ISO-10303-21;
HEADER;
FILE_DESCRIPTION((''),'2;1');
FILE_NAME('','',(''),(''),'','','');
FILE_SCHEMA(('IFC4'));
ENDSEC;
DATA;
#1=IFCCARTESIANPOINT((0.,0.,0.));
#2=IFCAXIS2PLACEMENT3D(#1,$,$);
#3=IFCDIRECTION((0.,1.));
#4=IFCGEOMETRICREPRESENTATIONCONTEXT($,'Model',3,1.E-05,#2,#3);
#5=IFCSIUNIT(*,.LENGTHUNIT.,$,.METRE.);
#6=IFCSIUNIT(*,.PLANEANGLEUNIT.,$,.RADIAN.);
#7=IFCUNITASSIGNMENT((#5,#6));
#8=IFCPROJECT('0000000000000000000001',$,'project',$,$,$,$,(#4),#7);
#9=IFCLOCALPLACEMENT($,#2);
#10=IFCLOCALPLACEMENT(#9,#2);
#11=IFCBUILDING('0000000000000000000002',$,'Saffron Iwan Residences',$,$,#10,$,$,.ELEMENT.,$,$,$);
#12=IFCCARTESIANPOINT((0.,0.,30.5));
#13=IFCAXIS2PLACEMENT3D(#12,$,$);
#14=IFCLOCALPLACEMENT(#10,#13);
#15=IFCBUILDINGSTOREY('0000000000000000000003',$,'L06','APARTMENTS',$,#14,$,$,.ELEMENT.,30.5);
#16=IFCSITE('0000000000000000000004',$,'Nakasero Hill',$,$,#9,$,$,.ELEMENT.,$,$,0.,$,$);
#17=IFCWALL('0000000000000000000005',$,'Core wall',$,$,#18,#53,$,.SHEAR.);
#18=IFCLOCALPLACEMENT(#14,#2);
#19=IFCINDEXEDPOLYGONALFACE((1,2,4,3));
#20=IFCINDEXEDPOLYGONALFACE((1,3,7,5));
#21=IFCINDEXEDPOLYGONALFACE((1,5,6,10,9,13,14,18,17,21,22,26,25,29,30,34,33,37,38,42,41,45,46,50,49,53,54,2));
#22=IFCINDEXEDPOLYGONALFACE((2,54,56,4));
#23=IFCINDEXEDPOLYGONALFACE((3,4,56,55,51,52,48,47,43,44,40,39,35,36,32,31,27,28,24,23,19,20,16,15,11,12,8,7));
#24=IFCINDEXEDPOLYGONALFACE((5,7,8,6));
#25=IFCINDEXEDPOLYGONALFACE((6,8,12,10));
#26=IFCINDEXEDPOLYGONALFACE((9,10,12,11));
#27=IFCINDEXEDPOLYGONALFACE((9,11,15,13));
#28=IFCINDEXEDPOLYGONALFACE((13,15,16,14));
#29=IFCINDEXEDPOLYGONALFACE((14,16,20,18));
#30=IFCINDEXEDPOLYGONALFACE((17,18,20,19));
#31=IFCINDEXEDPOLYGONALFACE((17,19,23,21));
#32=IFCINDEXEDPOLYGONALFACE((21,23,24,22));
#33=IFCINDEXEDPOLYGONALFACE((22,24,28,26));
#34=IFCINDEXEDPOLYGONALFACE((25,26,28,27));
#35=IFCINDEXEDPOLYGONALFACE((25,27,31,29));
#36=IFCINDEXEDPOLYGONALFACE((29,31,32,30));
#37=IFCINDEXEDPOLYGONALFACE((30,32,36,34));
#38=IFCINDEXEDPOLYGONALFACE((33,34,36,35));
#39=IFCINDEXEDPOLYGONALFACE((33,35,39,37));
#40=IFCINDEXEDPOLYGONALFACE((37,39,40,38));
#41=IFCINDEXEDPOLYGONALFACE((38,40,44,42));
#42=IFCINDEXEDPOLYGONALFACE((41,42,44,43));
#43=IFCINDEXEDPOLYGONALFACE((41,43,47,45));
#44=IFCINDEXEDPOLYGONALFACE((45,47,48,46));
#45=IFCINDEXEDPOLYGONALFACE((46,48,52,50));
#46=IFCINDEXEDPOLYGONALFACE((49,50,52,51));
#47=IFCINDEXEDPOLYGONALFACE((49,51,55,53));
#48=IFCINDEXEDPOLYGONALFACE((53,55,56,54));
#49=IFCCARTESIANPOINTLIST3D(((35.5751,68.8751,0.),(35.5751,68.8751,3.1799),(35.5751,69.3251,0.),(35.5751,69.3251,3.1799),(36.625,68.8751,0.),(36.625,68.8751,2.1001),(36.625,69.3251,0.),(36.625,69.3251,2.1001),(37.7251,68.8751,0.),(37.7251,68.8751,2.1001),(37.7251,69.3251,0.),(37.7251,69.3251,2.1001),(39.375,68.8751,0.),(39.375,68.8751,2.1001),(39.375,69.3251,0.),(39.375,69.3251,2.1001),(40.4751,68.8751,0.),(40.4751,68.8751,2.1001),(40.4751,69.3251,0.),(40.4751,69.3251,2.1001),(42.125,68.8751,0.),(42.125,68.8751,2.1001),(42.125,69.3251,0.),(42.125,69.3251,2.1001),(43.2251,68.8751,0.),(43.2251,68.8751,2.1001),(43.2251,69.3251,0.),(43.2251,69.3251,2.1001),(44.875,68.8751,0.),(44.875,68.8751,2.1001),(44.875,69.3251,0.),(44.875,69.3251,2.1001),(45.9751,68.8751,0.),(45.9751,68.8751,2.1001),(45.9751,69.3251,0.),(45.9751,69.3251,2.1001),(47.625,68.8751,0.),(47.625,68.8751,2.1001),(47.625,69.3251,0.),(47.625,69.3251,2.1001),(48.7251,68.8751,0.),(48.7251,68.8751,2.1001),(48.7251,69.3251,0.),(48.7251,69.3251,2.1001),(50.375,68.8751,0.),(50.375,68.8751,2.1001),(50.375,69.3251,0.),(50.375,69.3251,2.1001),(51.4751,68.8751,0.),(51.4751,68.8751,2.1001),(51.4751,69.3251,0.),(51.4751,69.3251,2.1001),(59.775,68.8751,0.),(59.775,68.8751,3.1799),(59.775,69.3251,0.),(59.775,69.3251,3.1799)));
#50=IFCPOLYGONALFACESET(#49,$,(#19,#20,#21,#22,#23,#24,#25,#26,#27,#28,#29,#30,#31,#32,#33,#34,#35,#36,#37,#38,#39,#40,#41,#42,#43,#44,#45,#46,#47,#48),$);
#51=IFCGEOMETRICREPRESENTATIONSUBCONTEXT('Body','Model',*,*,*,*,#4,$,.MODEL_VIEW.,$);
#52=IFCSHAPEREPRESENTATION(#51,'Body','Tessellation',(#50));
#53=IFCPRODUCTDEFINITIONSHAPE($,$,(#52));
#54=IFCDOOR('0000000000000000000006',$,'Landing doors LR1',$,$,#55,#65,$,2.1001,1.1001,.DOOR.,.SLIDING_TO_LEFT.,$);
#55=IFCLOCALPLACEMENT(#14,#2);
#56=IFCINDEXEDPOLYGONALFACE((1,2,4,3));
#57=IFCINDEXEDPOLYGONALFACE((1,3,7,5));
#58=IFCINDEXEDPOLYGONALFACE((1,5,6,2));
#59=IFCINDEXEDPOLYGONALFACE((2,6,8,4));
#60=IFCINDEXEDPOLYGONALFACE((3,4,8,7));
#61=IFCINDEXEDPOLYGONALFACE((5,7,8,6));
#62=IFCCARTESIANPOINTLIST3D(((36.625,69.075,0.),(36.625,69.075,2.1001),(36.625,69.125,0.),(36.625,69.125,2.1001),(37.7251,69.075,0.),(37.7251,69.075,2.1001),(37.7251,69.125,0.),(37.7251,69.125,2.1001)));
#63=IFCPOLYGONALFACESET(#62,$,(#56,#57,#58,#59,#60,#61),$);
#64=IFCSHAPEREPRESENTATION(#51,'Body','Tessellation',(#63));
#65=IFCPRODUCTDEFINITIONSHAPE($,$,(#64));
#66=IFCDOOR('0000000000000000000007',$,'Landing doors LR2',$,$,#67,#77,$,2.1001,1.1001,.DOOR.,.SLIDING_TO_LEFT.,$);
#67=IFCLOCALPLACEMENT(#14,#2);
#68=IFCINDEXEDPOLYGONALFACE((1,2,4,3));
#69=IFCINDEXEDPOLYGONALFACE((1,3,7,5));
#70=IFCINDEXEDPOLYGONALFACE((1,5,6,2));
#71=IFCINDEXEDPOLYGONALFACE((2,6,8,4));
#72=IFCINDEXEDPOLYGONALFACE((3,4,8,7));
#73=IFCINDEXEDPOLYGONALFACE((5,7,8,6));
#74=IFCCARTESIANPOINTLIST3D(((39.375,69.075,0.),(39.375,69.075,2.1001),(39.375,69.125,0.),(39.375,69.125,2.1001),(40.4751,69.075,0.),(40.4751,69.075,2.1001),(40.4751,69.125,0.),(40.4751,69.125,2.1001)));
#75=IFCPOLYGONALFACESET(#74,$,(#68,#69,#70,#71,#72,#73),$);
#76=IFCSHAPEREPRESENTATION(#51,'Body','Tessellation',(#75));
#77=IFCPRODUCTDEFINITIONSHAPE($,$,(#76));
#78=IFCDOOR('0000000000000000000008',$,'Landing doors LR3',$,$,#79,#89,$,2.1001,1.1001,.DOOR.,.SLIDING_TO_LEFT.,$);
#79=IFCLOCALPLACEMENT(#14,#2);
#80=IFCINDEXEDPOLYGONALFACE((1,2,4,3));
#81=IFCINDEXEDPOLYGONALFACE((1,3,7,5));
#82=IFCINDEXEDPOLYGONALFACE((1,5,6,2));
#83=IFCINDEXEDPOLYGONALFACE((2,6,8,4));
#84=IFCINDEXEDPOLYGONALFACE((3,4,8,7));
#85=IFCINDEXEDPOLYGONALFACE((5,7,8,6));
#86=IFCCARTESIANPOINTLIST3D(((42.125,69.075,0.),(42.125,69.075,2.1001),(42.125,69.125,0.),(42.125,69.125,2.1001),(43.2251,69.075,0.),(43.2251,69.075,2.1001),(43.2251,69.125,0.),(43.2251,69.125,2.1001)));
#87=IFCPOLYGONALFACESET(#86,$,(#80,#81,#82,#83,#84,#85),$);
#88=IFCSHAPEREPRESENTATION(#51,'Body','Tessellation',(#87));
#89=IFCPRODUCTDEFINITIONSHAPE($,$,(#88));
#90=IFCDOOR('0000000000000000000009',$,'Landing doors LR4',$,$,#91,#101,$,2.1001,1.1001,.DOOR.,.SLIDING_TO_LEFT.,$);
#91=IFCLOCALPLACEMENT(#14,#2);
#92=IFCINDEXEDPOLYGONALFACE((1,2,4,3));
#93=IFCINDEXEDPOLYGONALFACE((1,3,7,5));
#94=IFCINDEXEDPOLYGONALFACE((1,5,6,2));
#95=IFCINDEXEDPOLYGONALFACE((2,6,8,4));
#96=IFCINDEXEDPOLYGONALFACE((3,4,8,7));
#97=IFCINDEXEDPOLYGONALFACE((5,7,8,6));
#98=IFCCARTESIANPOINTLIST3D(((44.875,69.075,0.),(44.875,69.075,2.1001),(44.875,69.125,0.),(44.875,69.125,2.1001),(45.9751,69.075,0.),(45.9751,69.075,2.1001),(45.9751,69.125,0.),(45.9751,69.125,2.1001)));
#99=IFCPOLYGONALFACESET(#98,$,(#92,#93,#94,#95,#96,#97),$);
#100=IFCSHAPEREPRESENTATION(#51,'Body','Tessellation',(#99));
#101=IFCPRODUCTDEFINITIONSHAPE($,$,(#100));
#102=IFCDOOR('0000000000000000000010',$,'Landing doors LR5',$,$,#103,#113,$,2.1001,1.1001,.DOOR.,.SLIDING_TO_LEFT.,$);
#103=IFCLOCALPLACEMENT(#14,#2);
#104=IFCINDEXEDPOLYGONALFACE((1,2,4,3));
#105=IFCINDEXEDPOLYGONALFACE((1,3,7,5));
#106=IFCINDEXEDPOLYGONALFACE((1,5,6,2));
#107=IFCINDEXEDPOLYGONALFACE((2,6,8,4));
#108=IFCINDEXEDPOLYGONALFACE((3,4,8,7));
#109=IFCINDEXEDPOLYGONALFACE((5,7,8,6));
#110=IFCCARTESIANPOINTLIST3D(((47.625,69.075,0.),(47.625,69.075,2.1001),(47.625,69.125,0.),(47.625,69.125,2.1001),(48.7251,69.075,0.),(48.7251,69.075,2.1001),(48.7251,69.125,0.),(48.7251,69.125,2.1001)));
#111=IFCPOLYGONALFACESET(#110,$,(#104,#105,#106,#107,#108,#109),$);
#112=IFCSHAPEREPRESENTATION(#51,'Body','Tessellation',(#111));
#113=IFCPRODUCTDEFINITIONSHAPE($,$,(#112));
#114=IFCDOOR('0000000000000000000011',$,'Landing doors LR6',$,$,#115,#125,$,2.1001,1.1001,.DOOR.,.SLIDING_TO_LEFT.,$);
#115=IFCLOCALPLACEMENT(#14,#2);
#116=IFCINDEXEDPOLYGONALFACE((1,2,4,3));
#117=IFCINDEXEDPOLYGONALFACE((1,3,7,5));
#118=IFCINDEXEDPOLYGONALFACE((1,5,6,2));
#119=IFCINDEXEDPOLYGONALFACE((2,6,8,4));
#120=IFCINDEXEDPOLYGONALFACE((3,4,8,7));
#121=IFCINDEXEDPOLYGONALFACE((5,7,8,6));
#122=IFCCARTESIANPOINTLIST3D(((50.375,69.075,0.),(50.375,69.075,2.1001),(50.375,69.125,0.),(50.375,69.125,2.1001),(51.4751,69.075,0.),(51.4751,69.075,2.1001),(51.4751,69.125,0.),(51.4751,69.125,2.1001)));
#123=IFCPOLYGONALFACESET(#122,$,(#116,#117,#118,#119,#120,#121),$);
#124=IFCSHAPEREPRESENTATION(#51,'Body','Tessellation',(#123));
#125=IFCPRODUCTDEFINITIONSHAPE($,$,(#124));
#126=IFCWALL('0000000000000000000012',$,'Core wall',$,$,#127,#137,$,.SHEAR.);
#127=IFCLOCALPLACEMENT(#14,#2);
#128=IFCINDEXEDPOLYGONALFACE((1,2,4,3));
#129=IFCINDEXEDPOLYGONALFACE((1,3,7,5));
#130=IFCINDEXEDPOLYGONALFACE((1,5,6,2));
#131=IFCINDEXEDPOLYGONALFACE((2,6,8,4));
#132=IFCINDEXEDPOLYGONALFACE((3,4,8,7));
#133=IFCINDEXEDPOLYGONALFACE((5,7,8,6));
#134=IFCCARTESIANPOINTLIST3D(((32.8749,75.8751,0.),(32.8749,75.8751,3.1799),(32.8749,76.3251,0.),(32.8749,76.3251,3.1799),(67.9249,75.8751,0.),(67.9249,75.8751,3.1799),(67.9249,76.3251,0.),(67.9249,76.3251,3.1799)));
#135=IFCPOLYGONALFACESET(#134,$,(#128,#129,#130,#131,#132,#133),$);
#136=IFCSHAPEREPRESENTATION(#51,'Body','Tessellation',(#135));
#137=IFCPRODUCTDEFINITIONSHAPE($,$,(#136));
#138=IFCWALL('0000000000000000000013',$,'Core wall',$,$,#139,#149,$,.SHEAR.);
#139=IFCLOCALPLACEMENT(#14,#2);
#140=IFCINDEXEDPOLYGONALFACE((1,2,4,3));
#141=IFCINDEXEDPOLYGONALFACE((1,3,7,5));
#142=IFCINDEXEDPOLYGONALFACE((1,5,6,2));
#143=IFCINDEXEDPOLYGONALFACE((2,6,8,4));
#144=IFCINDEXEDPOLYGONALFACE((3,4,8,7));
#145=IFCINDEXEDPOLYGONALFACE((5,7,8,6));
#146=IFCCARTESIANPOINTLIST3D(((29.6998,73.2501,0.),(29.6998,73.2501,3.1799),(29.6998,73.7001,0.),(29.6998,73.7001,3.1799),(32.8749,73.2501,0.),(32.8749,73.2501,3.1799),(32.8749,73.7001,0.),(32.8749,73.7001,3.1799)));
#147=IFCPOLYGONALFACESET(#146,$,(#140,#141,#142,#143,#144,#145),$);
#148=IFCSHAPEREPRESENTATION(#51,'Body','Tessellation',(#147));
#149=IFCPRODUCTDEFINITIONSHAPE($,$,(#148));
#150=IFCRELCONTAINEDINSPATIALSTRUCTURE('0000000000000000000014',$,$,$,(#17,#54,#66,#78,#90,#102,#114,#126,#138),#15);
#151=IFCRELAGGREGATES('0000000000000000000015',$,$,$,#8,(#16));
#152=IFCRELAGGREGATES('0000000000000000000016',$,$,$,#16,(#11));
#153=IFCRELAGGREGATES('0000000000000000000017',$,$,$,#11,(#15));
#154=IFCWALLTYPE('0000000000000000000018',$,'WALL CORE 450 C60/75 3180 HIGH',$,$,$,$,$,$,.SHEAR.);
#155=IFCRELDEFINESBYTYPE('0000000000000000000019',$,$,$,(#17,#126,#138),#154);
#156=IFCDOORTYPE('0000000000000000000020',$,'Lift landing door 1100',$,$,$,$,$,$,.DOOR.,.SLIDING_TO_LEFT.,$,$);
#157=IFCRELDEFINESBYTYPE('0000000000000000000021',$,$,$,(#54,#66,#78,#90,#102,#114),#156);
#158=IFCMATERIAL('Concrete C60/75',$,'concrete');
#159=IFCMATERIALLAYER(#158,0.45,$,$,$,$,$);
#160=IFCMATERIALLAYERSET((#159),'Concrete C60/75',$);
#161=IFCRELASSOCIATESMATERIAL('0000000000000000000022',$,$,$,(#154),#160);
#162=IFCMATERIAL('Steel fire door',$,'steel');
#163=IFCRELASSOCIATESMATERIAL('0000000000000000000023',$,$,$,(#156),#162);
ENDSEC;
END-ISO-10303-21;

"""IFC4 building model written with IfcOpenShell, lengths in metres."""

from ifc_helpers import new_model, si_unit, direction, frame, frame_2d, origin, place, context, subcontext, project, spatial, rectangle, extrude, material, layer, layer_set, type_object, element, fill, save


model = new_model("IFC4")

# Units and contexts
model_context = context("Model", 3, precision=1e-05, world=origin(), true_north=direction((0.0, 1.0)))
body_context = subcontext(model_context, "Body", "Model", "MODEL_VIEW")
ifc_project = project(units=[si_unit("LENGTHUNIT", "METRE"), si_unit("PLANEANGLEUNIT", "RADIAN")], contexts=[model_context])

# Site, building, storey
site_placement = place(None, origin())
site = spatial("IfcSite", under=ifc_project, at=site_placement, Name="Nakasero Hill", CompositionType="ELEMENT", RefElevation=0.0)
building_placement = place(site_placement, origin())
building = spatial("IfcBuilding", under=site, at=building_placement, Name="Saffron Iwan Residences", CompositionType="ELEMENT")
storey_placement = place(building_placement, frame((0.0, 0.0, 30.5)))
storey = spatial("IfcBuildingStorey", under=building, at=storey_placement, Name="L06", Description="APARTMENTS", CompositionType="ELEMENT", Elevation=30.5)

# Wall, openings, doors
ifc_material_1 = material(Name="Concrete C60/75", Category="concrete")
ifc_layer_1 = layer(ifc_material_1, 0.45)
ifc_layer_set_1 = layer_set([ifc_layer_1], Name="Concrete C60/75")
wall_type = type_object("IfcWallType", Name="WALL CORE 450 C60/75 3180 HIGH", PredefinedType="SHEAR", material=ifc_layer_set_1)
wall_1_placement = place(storey_placement, frame((35.575, 69.1001, 0.0), z_axis=(0.0, 0.0, 1.0), x_axis=(1.0, 0.0, 0.0)))
wall_1 = element("IfcWall", 1, at=wall_1_placement, inside=storey, type_object=wall_type, Name="Core wall", PredefinedType="SHEAR", context=body_context, shape_type="SweptSolid", body=[
    extrude(rectangle(XDim=24.2, YDim=0.45, at=frame_2d((12.1001, 0.0))), origin(), (0.0, 0.0, 1.0), 3.1799),
])
opening_1_placement = place(wall_1_placement, frame((1.05, 0.0, 0.0)))
opening_1 = element("IfcOpeningElement", 2, at=opening_1_placement, cuts=wall_1, PredefinedType="OPENING", context=body_context, shape_type="SweptSolid", body=[
    extrude(rectangle(XDim=1.1001, YDim=2.1001, at=frame_2d((0.55, 1.05))), frame((0.0, 0.2349, 0.0), z_axis=(0.0, -1.0, 0.0), x_axis=(1.0, 0.0, 0.0)), (0.0, 0.0, 1.0), 0.47),
])
opening_2_placement = place(wall_1_placement, frame((3.8, 0.0, 0.0)))
opening_2 = element("IfcOpeningElement", 3, at=opening_2_placement, cuts=wall_1, PredefinedType="OPENING", context=body_context, shape_type="SweptSolid", body=[
    extrude(rectangle(XDim=1.1001, YDim=2.1001, at=frame_2d((0.55, 1.05))), frame((0.0, 0.2349, 0.0), z_axis=(0.0, -1.0, 0.0), x_axis=(1.0, 0.0, 0.0)), (0.0, 0.0, 1.0), 0.47),
])
opening_3_placement = place(wall_1_placement, frame((6.55, 0.0, 0.0)))
opening_3 = element("IfcOpeningElement", 4, at=opening_3_placement, cuts=wall_1, PredefinedType="OPENING", context=body_context, shape_type="SweptSolid", body=[
    extrude(rectangle(XDim=1.1001, YDim=2.1001, at=frame_2d((0.55, 1.05))), frame((0.0, 0.2349, 0.0), z_axis=(0.0, -1.0, 0.0), x_axis=(1.0, 0.0, 0.0)), (0.0, 0.0, 1.0), 0.47),
])
opening_4_placement = place(wall_1_placement, frame((9.3, 0.0, 0.0)))
opening_4 = element("IfcOpeningElement", 5, at=opening_4_placement, cuts=wall_1, PredefinedType="OPENING", context=body_context, shape_type="SweptSolid", body=[
    extrude(rectangle(XDim=1.1001, YDim=2.1001, at=frame_2d((0.55, 1.05))), frame((0.0, 0.2349, 0.0), z_axis=(0.0, -1.0, 0.0), x_axis=(1.0, 0.0, 0.0)), (0.0, 0.0, 1.0), 0.47),
])
opening_5_placement = place(wall_1_placement, frame((12.05, 0.0, 0.0)))
opening_5 = element("IfcOpeningElement", 6, at=opening_5_placement, cuts=wall_1, PredefinedType="OPENING", context=body_context, shape_type="SweptSolid", body=[
    extrude(rectangle(XDim=1.1001, YDim=2.1001, at=frame_2d((0.55, 1.05))), frame((0.0, 0.2349, 0.0), z_axis=(0.0, -1.0, 0.0), x_axis=(1.0, 0.0, 0.0)), (0.0, 0.0, 1.0), 0.47),
])
opening_6_placement = place(wall_1_placement, frame((14.8, 0.0, 0.0)))
opening_6 = element("IfcOpeningElement", 7, at=opening_6_placement, cuts=wall_1, PredefinedType="OPENING", context=body_context, shape_type="SweptSolid", body=[
    extrude(rectangle(XDim=1.1001, YDim=2.1001, at=frame_2d((0.55, 1.05))), frame((0.0, 0.2349, 0.0), z_axis=(0.0, -1.0, 0.0), x_axis=(1.0, 0.0, 0.0)), (0.0, 0.0, 1.0), 0.47),
])
ifc_material_2 = material(Name="Steel fire door", Category="steel")
door_type_1 = type_object("IfcDoorType", Name="Lift landing door 1100", OperationType="SLIDING_TO_LEFT", PredefinedType="DOOR", material=ifc_material_2)
door_1_placement = place(opening_1_placement, origin())
door_1 = element("IfcDoor", 8, at=door_1_placement, inside=storey, type_object=door_type_1, Name="Landing doors LR1", OperationType="SLIDING_TO_LEFT", OverallHeight=2.1001, OverallWidth=1.1001, PredefinedType="DOOR", context=body_context, shape_type="SweptSolid", body=[
    extrude(rectangle(XDim=1.1001, YDim=2.1001, at=frame_2d((0.55, 1.05))), frame((0.0, 0.0249, 0.0), z_axis=(0.0, -1.0, 0.0), x_axis=(1.0, 0.0, 0.0)), (0.0, 0.0, 1.0), 0.05),
])
fill(opening_1, door_1)
door_2_placement = place(opening_2_placement, origin())
door_2 = element("IfcDoor", 9, at=door_2_placement, inside=storey, type_object=door_type_1, Name="Landing doors LR2", OperationType="SLIDING_TO_LEFT", OverallHeight=2.1001, OverallWidth=1.1001, PredefinedType="DOOR", context=body_context, shape_type="SweptSolid", body=[
    extrude(rectangle(XDim=1.1001, YDim=2.1001, at=frame_2d((0.55, 1.05))), frame((0.0, 0.0249, 0.0), z_axis=(0.0, -1.0, 0.0), x_axis=(1.0, 0.0, 0.0)), (0.0, 0.0, 1.0), 0.05),
])
fill(opening_2, door_2)
door_3_placement = place(opening_3_placement, origin())
door_3 = element("IfcDoor", 10, at=door_3_placement, inside=storey, type_object=door_type_1, Name="Landing doors LR3", OperationType="SLIDING_TO_LEFT", OverallHeight=2.1001, OverallWidth=1.1001, PredefinedType="DOOR", context=body_context, shape_type="SweptSolid", body=[
    extrude(rectangle(XDim=1.1001, YDim=2.1001, at=frame_2d((0.55, 1.05))), frame((0.0, 0.0249, 0.0), z_axis=(0.0, -1.0, 0.0), x_axis=(1.0, 0.0, 0.0)), (0.0, 0.0, 1.0), 0.05),
])
fill(opening_3, door_3)
door_4_placement = place(opening_4_placement, origin())
door_4 = element("IfcDoor", 11, at=door_4_placement, inside=storey, type_object=door_type_1, Name="Landing doors LR4", OperationType="SLIDING_TO_LEFT", OverallHeight=2.1001, OverallWidth=1.1001, PredefinedType="DOOR", context=body_context, shape_type="SweptSolid", body=[
    extrude(rectangle(XDim=1.1001, YDim=2.1001, at=frame_2d((0.55, 1.05))), frame((0.0, 0.0249, 0.0), z_axis=(0.0, -1.0, 0.0), x_axis=(1.0, 0.0, 0.0)), (0.0, 0.0, 1.0), 0.05),
])
fill(opening_4, door_4)
door_5_placement = place(opening_5_placement, origin())
door_5 = element("IfcDoor", 12, at=door_5_placement, inside=storey, type_object=door_type_1, Name="Landing doors LR5", OperationType="SLIDING_TO_LEFT", OverallHeight=2.1001, OverallWidth=1.1001, PredefinedType="DOOR", context=body_context, shape_type="SweptSolid", body=[
    extrude(rectangle(XDim=1.1001, YDim=2.1001, at=frame_2d((0.55, 1.05))), frame((0.0, 0.0249, 0.0), z_axis=(0.0, -1.0, 0.0), x_axis=(1.0, 0.0, 0.0)), (0.0, 0.0, 1.0), 0.05),
])
fill(opening_5, door_5)
door_6_placement = place(opening_6_placement, origin())
door_6 = element("IfcDoor", 13, at=door_6_placement, inside=storey, type_object=door_type_1, Name="Landing doors LR6", OperationType="SLIDING_TO_LEFT", OverallHeight=2.1001, OverallWidth=1.1001, PredefinedType="DOOR", context=body_context, shape_type="SweptSolid", body=[
    extrude(rectangle(XDim=1.1001, YDim=2.1001, at=frame_2d((0.55, 1.05))), frame((0.0, 0.0249, 0.0), z_axis=(0.0, -1.0, 0.0), x_axis=(1.0, 0.0, 0.0)), (0.0, 0.0, 1.0), 0.05),
])
fill(opening_6, door_6)

# Walls
wall_2_placement = place(storey_placement, frame((32.875, 76.1001, 0.0), z_axis=(0.0, 0.0, 1.0), x_axis=(1.0, 0.0, 0.0)))
element("IfcWall", 14, at=wall_2_placement, inside=storey, type_object=wall_type, Name="Core wall", PredefinedType="SHEAR", context=body_context, shape_type="SweptSolid", body=[
    extrude(rectangle(XDim=35.05, YDim=0.45, at=frame_2d((17.5249, 0.0))), origin(), (0.0, 0.0, 1.0), 3.1799),
])
wall_3_placement = place(storey_placement, frame((29.7, 73.4751, 0.0), z_axis=(0.0, 0.0, 1.0), x_axis=(1.0, 0.0, 0.0)))
element("IfcWall", 15, at=wall_3_placement, inside=storey, type_object=wall_type, Name="Core wall", PredefinedType="SHEAR", context=body_context, shape_type="SweptSolid", body=[
    extrude(rectangle(XDim=3.175, YDim=0.45, at=frame_2d((1.5874, 0.0))), origin(), (0.0, 0.0, 1.0), 3.1799),
])

save(model, "model.ifc")
